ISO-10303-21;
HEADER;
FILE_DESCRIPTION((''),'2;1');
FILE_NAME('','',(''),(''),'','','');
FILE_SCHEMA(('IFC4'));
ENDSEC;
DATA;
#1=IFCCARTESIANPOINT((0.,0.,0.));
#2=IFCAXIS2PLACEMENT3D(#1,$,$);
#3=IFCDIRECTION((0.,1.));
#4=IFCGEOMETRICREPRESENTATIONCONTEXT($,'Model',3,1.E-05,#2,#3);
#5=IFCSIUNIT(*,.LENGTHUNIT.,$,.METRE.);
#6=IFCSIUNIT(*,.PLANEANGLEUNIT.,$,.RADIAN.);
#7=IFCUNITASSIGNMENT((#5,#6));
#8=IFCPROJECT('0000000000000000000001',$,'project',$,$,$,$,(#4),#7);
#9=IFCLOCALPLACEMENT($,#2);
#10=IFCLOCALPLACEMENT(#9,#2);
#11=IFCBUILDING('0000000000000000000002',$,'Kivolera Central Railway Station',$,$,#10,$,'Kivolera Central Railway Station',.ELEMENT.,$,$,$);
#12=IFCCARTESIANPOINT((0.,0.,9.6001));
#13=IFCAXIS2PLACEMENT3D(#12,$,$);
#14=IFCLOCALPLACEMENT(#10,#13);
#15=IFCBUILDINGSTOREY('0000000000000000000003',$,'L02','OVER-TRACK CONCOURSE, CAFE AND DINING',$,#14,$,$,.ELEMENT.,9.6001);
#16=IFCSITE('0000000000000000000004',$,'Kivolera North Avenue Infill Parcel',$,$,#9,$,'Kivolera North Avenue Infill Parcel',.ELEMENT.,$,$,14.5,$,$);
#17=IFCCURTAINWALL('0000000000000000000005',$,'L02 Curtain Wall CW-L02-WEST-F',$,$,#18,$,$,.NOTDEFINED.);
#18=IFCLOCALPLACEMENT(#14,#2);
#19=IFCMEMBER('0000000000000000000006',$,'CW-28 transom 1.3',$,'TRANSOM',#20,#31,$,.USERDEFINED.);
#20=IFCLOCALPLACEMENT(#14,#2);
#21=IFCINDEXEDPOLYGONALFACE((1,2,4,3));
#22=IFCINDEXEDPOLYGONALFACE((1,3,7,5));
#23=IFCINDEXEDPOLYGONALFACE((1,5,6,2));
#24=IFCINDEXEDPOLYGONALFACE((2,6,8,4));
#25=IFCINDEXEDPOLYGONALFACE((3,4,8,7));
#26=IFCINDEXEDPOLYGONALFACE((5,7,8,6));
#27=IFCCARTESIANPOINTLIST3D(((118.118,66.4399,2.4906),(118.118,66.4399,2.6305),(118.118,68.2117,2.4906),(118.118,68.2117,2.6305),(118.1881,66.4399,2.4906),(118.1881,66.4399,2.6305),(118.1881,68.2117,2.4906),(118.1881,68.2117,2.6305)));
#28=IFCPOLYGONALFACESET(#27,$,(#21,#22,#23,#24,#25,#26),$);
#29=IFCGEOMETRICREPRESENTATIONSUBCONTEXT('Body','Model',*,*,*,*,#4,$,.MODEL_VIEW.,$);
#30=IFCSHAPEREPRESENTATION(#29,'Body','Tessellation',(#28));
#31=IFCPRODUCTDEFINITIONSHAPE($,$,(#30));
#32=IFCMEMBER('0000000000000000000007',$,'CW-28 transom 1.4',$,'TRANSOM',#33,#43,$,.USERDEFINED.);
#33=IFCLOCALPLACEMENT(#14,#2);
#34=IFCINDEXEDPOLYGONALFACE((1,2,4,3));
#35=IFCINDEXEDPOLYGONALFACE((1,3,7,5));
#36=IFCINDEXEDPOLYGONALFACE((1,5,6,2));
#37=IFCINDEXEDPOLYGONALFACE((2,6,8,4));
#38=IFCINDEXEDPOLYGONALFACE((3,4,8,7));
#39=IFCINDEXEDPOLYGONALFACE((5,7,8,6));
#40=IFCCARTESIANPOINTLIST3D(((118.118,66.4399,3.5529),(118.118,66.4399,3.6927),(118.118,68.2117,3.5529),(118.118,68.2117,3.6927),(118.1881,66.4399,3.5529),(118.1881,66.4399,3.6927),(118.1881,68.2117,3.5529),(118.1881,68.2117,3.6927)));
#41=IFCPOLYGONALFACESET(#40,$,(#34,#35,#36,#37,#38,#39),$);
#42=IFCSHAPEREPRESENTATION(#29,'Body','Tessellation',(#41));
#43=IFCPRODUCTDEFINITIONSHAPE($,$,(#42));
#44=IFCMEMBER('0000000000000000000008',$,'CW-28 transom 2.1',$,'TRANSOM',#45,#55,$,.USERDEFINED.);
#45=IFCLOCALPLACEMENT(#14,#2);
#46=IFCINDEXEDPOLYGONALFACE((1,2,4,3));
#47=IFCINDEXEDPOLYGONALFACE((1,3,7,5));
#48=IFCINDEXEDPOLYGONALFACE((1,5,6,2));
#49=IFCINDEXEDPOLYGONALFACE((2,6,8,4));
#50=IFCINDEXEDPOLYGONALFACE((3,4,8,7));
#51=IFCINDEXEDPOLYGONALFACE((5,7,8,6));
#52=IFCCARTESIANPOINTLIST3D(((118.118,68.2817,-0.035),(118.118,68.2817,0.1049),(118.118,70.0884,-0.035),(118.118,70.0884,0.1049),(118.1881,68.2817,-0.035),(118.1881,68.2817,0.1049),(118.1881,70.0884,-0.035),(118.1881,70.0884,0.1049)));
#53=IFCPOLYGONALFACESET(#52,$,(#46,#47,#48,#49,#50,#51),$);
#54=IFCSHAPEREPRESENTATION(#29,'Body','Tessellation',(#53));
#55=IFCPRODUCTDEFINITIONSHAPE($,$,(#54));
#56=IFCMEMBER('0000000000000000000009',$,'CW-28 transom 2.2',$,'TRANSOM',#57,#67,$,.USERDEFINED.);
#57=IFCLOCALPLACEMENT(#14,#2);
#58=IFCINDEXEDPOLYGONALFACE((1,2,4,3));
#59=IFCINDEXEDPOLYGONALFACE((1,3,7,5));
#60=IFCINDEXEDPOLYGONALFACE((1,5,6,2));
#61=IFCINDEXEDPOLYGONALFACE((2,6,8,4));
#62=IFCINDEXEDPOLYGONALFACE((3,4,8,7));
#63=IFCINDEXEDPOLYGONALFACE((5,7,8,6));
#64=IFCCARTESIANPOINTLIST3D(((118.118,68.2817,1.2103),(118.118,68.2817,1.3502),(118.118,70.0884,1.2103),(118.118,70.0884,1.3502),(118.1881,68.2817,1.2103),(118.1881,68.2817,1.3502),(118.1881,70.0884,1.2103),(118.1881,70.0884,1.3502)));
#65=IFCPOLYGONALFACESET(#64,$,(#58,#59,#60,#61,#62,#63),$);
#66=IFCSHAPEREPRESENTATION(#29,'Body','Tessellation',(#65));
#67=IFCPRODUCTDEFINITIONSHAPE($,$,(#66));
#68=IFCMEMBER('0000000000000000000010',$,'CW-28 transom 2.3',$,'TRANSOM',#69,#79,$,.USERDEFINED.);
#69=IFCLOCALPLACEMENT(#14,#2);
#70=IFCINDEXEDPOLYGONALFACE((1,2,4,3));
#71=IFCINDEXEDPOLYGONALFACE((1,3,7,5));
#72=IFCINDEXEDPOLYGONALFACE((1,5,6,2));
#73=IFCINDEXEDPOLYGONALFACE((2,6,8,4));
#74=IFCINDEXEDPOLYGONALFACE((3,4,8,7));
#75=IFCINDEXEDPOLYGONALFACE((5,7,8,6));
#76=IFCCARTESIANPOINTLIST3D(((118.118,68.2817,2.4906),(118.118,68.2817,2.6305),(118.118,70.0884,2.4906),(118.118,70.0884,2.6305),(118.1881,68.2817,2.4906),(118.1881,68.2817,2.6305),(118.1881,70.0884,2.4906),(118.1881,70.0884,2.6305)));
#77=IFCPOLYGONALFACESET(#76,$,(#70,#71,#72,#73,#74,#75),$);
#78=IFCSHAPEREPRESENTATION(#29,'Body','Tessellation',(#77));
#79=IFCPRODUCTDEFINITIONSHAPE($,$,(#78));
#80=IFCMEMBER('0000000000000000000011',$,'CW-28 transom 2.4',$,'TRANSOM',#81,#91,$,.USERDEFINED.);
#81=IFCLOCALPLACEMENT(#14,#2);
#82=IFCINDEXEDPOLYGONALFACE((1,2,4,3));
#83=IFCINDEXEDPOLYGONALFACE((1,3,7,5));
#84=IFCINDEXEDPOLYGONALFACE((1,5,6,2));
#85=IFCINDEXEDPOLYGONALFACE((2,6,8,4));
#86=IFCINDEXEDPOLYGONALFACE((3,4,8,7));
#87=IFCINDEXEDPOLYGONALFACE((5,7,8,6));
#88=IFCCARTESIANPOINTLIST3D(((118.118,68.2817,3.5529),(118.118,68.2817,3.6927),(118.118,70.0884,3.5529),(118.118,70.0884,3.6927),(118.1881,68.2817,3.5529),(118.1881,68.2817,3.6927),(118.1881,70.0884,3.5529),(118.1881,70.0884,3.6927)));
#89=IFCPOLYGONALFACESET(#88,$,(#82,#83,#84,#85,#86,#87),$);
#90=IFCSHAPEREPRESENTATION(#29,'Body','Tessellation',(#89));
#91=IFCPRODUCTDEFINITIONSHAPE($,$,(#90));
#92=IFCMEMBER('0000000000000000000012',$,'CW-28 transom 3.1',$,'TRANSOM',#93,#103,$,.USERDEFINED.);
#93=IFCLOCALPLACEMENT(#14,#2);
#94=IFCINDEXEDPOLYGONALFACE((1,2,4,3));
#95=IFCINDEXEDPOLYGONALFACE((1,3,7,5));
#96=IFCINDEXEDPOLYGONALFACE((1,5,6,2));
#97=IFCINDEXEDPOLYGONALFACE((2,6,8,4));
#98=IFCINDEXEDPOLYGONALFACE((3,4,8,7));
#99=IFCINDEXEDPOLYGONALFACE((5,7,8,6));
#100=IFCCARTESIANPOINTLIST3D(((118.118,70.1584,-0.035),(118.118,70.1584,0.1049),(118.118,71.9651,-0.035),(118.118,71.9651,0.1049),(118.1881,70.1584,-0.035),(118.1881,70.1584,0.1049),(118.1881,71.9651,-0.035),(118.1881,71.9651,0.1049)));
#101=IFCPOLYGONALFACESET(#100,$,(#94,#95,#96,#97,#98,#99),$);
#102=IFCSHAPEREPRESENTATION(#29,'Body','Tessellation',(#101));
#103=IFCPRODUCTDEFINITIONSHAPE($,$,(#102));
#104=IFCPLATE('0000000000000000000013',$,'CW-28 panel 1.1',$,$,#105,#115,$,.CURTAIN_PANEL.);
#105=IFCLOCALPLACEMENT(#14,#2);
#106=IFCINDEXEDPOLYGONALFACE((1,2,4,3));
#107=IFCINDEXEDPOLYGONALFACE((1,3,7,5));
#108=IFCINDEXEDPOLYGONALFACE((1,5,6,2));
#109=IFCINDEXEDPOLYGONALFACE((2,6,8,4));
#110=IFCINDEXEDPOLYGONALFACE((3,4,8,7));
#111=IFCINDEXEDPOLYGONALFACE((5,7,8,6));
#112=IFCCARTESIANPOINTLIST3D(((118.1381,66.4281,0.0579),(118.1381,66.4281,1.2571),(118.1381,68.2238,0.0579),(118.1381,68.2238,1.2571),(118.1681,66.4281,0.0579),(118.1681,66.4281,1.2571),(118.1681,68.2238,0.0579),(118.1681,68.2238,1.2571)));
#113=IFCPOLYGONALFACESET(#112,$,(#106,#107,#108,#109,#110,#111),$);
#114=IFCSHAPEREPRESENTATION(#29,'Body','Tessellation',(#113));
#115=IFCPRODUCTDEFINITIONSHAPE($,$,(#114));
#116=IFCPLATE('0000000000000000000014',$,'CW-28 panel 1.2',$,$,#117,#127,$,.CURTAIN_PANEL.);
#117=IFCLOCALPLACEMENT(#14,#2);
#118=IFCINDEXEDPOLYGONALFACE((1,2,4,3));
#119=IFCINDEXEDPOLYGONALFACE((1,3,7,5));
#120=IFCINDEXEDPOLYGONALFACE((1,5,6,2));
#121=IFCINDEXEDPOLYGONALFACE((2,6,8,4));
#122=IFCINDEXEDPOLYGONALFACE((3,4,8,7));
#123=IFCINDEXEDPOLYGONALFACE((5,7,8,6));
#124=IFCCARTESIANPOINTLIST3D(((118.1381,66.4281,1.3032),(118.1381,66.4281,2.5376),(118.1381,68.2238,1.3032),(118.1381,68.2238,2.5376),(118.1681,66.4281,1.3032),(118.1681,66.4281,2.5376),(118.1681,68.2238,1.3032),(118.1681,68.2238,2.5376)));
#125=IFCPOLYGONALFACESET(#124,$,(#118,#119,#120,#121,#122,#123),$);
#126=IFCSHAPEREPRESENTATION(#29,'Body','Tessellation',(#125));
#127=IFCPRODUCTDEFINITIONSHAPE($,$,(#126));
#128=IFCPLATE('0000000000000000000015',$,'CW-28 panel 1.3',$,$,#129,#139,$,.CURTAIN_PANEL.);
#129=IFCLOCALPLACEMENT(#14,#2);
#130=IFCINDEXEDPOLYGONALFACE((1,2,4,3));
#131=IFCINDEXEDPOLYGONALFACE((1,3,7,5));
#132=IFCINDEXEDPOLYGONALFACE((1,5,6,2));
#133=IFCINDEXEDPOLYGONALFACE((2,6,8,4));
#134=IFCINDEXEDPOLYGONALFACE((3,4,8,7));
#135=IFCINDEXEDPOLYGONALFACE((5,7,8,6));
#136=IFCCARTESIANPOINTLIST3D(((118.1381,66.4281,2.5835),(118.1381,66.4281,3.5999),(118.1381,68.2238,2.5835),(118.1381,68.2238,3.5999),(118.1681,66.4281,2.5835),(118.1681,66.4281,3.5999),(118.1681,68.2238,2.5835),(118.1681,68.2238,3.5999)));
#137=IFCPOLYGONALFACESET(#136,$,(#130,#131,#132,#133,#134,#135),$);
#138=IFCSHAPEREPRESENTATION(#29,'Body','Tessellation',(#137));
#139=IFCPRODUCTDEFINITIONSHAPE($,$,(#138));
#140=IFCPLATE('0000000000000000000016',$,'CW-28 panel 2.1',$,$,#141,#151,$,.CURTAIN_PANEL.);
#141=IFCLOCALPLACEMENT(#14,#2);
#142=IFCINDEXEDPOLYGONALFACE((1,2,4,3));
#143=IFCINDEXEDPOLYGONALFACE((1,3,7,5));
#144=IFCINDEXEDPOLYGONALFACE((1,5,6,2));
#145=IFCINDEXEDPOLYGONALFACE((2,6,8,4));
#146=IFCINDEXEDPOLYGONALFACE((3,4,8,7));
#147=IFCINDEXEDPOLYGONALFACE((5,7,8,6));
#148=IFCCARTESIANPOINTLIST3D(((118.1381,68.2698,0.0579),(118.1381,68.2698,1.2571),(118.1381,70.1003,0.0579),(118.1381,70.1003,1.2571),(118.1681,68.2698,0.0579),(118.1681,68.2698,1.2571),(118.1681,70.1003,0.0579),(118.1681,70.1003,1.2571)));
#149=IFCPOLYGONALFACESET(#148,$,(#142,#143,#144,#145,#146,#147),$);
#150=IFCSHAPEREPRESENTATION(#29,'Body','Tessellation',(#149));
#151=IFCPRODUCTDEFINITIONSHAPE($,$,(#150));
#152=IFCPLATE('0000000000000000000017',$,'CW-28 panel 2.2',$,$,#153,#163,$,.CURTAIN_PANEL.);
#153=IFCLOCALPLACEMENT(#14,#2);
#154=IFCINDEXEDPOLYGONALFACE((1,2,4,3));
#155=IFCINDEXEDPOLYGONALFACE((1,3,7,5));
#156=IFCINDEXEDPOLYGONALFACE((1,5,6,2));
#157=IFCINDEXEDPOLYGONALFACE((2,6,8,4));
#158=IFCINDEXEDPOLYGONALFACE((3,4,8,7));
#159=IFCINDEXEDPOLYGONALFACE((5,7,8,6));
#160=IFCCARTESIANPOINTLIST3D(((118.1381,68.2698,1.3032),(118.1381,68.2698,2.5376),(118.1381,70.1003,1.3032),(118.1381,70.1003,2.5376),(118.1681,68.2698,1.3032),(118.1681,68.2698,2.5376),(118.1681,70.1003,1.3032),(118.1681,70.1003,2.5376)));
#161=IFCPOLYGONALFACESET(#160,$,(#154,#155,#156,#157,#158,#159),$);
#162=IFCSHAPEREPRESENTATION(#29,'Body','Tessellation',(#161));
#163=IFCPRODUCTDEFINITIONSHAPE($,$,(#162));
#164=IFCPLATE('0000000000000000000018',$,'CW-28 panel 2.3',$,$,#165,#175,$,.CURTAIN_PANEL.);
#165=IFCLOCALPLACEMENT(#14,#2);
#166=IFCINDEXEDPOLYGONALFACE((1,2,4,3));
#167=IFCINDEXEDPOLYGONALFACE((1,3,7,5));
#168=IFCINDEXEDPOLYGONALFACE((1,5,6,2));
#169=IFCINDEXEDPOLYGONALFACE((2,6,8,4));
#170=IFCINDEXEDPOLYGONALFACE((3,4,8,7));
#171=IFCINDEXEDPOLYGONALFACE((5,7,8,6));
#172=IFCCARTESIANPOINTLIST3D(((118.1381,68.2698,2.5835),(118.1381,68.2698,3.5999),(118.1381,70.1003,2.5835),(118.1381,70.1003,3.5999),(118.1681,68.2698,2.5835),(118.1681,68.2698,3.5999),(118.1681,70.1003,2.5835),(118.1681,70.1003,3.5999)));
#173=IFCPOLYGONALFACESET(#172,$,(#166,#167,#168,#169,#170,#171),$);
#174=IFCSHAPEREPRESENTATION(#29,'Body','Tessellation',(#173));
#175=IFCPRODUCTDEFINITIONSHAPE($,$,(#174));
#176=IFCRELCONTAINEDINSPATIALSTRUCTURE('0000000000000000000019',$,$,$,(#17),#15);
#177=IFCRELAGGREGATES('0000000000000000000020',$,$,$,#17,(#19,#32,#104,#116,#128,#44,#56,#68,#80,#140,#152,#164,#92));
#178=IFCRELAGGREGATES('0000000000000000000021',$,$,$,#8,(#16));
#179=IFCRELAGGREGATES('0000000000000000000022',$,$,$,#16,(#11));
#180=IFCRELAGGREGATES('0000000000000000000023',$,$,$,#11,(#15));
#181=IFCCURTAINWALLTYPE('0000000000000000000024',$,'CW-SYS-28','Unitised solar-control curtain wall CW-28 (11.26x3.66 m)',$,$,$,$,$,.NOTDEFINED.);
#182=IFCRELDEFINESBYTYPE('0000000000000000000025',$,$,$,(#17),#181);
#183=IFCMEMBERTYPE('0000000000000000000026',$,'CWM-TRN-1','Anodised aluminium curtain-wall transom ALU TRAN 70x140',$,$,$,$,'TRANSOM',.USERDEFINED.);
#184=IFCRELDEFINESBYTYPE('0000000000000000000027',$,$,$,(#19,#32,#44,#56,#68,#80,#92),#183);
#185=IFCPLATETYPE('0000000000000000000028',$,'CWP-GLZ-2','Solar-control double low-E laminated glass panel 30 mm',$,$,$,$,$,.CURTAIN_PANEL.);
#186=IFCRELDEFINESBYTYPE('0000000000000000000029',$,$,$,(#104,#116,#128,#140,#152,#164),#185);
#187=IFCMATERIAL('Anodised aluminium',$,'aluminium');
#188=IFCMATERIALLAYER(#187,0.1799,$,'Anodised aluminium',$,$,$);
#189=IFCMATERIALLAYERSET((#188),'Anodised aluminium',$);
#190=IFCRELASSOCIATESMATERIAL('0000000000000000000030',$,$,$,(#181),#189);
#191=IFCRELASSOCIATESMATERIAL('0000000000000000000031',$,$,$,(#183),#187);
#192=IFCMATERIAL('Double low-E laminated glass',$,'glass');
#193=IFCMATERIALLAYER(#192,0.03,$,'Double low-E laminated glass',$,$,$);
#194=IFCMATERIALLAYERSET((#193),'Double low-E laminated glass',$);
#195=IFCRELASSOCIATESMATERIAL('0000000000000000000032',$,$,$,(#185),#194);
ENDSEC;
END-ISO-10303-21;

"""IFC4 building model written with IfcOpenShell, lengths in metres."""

from ifc_helpers import new_model, si_unit, direction, frame, origin, origin_2d, place, context, subcontext, project, spatial, rectangle, extrude, material, layer, layer_set, material_profile, profile_set, type_object, element, aggregate, save


model = new_model("IFC4")

# Units and contexts
model_context = context("Model", 3, precision=1e-05, world=origin(), true_north=direction((0.0, 1.0)))
body_context = subcontext(model_context, "Body", "Model", "MODEL_VIEW")
ifc_project = project(units=[si_unit("LENGTHUNIT", "METRE"), si_unit("PLANEANGLEUNIT", "RADIAN")], contexts=[model_context])

# Site, building, storey
site_placement = place(None, origin())
site = spatial("IfcSite", under=ifc_project, at=site_placement, Name="Kivolera North Avenue Infill Parcel", LongName="Kivolera North Avenue Infill Parcel", CompositionType="ELEMENT", RefElevation=14.5)
building_placement = place(site_placement, origin())
building = spatial("IfcBuilding", under=site, at=building_placement, Name="Kivolera Central Railway Station", LongName="Kivolera Central Railway Station", CompositionType="ELEMENT")
storey_placement = place(building_placement, frame((0.0, 0.0, 9.6001)))
storey = spatial("IfcBuildingStorey", under=building, at=storey_placement, Name="L02", Description="OVER-TRACK CONCOURSE, CAFE AND DINING", CompositionType="ELEMENT", Elevation=9.6001)

# Curtain wall, members, plates
ifc_material_1 = material(Name="Anodised aluminium", Category="aluminium")
ifc_layer_1 = layer(ifc_material_1, 0.1799, Name="Anodised aluminium")
ifc_layer_set_1 = layer_set([ifc_layer_1], Name="Anodised aluminium")
curtain_wall_type = type_object("IfcCurtainWallType", Name="CW-SYS-28", Description="Unitised solar-control curtain wall CW-28 (11.26x3.66 m)", PredefinedType="NOTDEFINED", material=ifc_layer_set_1)
curtain_wall_placement = place(storey_placement, origin())
curtain_wall = element("IfcCurtainWall", 1, at=curtain_wall_placement, inside=storey, type_object=curtain_wall_type, Name="L02 Curtain Wall CW-L02-WEST-F", PredefinedType="NOTDEFINED")
ifc_material_profile_1 = material_profile(ifc_material_1, rectangle(XDim=0.0701, YDim=0.1399, at=origin_2d()), Name="ALU TRAN 70x140")
ifc_profile_set_1 = profile_set([ifc_material_profile_1], Name="Anodised aluminium")
member_type_1 = type_object("IfcMemberType", Name="CWM-TRN-1", Description="Anodised aluminium curtain-wall transom ALU TRAN 70x140", ElementType="TRANSOM", PredefinedType="USERDEFINED", material=ifc_profile_set_1)
member_1_placement = place(storey_placement, frame((118.1531, 66.4399, 2.5605), z_axis=(0.0, 1.0, 0.0), x_axis=(-1.0, 0.0, 0.0)))
member_1 = element("IfcMember", 2, at=member_1_placement, type_object=member_type_1, Name="CW-28 transom 1.3", ObjectType="TRANSOM", PredefinedType="USERDEFINED", context=body_context, shape_type="SweptSolid", body=[
    extrude(rectangle(XDim=0.0701, YDim=0.1399, at=origin_2d()), origin(), (0.0, 0.0, 1.0), 1.7717),
])
member_2_placement = place(storey_placement, frame((118.1531, 66.4399, 3.6228), z_axis=(0.0, 1.0, 0.0), x_axis=(-1.0, 0.0, 0.0)))
member_2 = element("IfcMember", 3, at=member_2_placement, type_object=member_type_1, Name="CW-28 transom 1.4", ObjectType="TRANSOM", PredefinedType="USERDEFINED", context=body_context, shape_type="SweptSolid", body=[
    extrude(rectangle(XDim=0.0701, YDim=0.1399, at=origin_2d()), origin(), (0.0, 0.0, 1.0), 1.7717),
])
member_3_placement = place(storey_placement, frame((118.1531, 68.2817, 0.0349), z_axis=(0.0, 1.0, 0.0), x_axis=(-1.0, 0.0, 0.0)))
member_3 = element("IfcMember", 4, at=member_3_placement, type_object=member_type_1, Name="CW-28 transom 2.1", ObjectType="TRANSOM", PredefinedType="USERDEFINED", context=body_context, shape_type="SweptSolid", body=[
    extrude(rectangle(XDim=0.0701, YDim=0.1399, at=origin_2d()), origin(), (0.0, 0.0, 1.0), 1.8066),
])
member_4_placement = place(storey_placement, frame((118.1531, 68.2817, 1.2803), z_axis=(0.0, 1.0, 0.0), x_axis=(-1.0, 0.0, 0.0)))
member_4 = element("IfcMember", 5, at=member_4_placement, type_object=member_type_1, Name="CW-28 transom 2.2", ObjectType="TRANSOM", PredefinedType="USERDEFINED", context=body_context, shape_type="SweptSolid", body=[
    extrude(rectangle(XDim=0.0701, YDim=0.1399, at=origin_2d()), origin(), (0.0, 0.0, 1.0), 1.8066),
])
member_5_placement = place(storey_placement, frame((118.1531, 68.2817, 2.5605), z_axis=(0.0, 1.0, 0.0), x_axis=(-1.0, 0.0, 0.0)))
member_5 = element("IfcMember", 6, at=member_5_placement, type_object=member_type_1, Name="CW-28 transom 2.3", ObjectType="TRANSOM", PredefinedType="USERDEFINED", context=body_context, shape_type="SweptSolid", body=[
    extrude(rectangle(XDim=0.0701, YDim=0.1399, at=origin_2d()), origin(), (0.0, 0.0, 1.0), 1.8066),
])
member_6_placement = place(storey_placement, frame((118.1531, 68.2817, 3.6228), z_axis=(0.0, 1.0, 0.0), x_axis=(-1.0, 0.0, 0.0)))
member_6 = element("IfcMember", 7, at=member_6_placement, type_object=member_type_1, Name="CW-28 transom 2.4", ObjectType="TRANSOM", PredefinedType="USERDEFINED", context=body_context, shape_type="SweptSolid", body=[
    extrude(rectangle(XDim=0.0701, YDim=0.1399, at=origin_2d()), origin(), (0.0, 0.0, 1.0), 1.8066),
])
member_7_placement = place(storey_placement, frame((118.1531, 70.1584, 0.0349), z_axis=(0.0, 1.0, 0.0), x_axis=(-1.0, 0.0, 0.0)))
member_7 = element("IfcMember", 8, at=member_7_placement, type_object=member_type_1, Name="CW-28 transom 3.1", ObjectType="TRANSOM", PredefinedType="USERDEFINED", context=body_context, shape_type="SweptSolid", body=[
    extrude(rectangle(XDim=0.0701, YDim=0.1399, at=origin_2d()), origin(), (0.0, 0.0, 1.0), 1.8066),
])
ifc_material_2 = material(Name="Double low-E laminated glass", Category="glass")
ifc_layer_2 = layer(ifc_material_2, 0.03, Name="Double low-E laminated glass")
ifc_layer_set_2 = layer_set([ifc_layer_2], Name="Double low-E laminated glass")
plate_type = type_object("IfcPlateType", Name="CWP-GLZ-2", Description="Solar-control double low-E laminated glass panel 30 mm", PredefinedType="CURTAIN_PANEL", material=ifc_layer_set_2)
plate_1_placement = place(storey_placement, frame((118.1531, 67.3259, 0.0579), z_axis=(0.0, 0.0, 1.0), x_axis=(0.0, 1.0, 0.0)))
plate_1 = element("IfcPlate", 9, at=plate_1_placement, type_object=plate_type, Name="CW-28 panel 1.1", PredefinedType="CURTAIN_PANEL", context=body_context, shape_type="SweptSolid", body=[
    extrude(rectangle(XDim=1.7957, YDim=0.03, at=origin_2d()), origin(), (0.0, 0.0, 1.0), 1.1992),
])
plate_2_placement = place(storey_placement, frame((118.1531, 67.3259, 1.3032), z_axis=(0.0, 0.0, 1.0), x_axis=(0.0, 1.0, 0.0)))
plate_2 = element("IfcPlate", 10, at=plate_2_placement, type_object=plate_type, Name="CW-28 panel 1.2", PredefinedType="CURTAIN_PANEL", context=body_context, shape_type="SweptSolid", body=[
    extrude(rectangle(XDim=1.7957, YDim=0.03, at=origin_2d()), origin(), (0.0, 0.0, 1.0), 1.2344),
])
plate_3_placement = place(storey_placement, frame((118.1531, 67.3259, 2.5835), z_axis=(0.0, 0.0, 1.0), x_axis=(0.0, 1.0, 0.0)))
plate_3 = element("IfcPlate", 11, at=plate_3_placement, type_object=plate_type, Name="CW-28 panel 1.3", PredefinedType="CURTAIN_PANEL", context=body_context, shape_type="SweptSolid", body=[
    extrude(rectangle(XDim=1.7957, YDim=0.03, at=origin_2d()), origin(), (0.0, 0.0, 1.0), 1.0164),
])
plate_4_placement = place(storey_placement, frame((118.1531, 69.1851, 0.0579), z_axis=(0.0, 0.0, 1.0), x_axis=(0.0, 1.0, 0.0)))
plate_4 = element("IfcPlate", 12, at=plate_4_placement, type_object=plate_type, Name="CW-28 panel 2.1", PredefinedType="CURTAIN_PANEL", context=body_context, shape_type="SweptSolid", body=[
    extrude(rectangle(XDim=1.8306, YDim=0.03, at=origin_2d()), origin(), (0.0, 0.0, 1.0), 1.1992),
])
plate_5_placement = place(storey_placement, frame((118.1531, 69.1851, 1.3032), z_axis=(0.0, 0.0, 1.0), x_axis=(0.0, 1.0, 0.0)))
plate_5 = element("IfcPlate", 13, at=plate_5_placement, type_object=plate_type, Name="CW-28 panel 2.2", PredefinedType="CURTAIN_PANEL", context=body_context, shape_type="SweptSolid", body=[
    extrude(rectangle(XDim=1.8306, YDim=0.03, at=origin_2d()), origin(), (0.0, 0.0, 1.0), 1.2344),
])
plate_6_placement = place(storey_placement, frame((118.1531, 69.1851, 2.5835), z_axis=(0.0, 0.0, 1.0), x_axis=(0.0, 1.0, 0.0)))
plate_6 = element("IfcPlate", 14, at=plate_6_placement, type_object=plate_type, Name="CW-28 panel 2.3", PredefinedType="CURTAIN_PANEL", context=body_context, shape_type="SweptSolid", body=[
    extrude(rectangle(XDim=1.8306, YDim=0.03, at=origin_2d()), origin(), (0.0, 0.0, 1.0), 1.0164),
])
aggregate(curtain_wall, [member_1, member_2, plate_1, plate_2, plate_3, member_3, member_4, member_5, member_6, plate_4, plate_5, plate_6, member_7])

save(model, "model.ifc")
